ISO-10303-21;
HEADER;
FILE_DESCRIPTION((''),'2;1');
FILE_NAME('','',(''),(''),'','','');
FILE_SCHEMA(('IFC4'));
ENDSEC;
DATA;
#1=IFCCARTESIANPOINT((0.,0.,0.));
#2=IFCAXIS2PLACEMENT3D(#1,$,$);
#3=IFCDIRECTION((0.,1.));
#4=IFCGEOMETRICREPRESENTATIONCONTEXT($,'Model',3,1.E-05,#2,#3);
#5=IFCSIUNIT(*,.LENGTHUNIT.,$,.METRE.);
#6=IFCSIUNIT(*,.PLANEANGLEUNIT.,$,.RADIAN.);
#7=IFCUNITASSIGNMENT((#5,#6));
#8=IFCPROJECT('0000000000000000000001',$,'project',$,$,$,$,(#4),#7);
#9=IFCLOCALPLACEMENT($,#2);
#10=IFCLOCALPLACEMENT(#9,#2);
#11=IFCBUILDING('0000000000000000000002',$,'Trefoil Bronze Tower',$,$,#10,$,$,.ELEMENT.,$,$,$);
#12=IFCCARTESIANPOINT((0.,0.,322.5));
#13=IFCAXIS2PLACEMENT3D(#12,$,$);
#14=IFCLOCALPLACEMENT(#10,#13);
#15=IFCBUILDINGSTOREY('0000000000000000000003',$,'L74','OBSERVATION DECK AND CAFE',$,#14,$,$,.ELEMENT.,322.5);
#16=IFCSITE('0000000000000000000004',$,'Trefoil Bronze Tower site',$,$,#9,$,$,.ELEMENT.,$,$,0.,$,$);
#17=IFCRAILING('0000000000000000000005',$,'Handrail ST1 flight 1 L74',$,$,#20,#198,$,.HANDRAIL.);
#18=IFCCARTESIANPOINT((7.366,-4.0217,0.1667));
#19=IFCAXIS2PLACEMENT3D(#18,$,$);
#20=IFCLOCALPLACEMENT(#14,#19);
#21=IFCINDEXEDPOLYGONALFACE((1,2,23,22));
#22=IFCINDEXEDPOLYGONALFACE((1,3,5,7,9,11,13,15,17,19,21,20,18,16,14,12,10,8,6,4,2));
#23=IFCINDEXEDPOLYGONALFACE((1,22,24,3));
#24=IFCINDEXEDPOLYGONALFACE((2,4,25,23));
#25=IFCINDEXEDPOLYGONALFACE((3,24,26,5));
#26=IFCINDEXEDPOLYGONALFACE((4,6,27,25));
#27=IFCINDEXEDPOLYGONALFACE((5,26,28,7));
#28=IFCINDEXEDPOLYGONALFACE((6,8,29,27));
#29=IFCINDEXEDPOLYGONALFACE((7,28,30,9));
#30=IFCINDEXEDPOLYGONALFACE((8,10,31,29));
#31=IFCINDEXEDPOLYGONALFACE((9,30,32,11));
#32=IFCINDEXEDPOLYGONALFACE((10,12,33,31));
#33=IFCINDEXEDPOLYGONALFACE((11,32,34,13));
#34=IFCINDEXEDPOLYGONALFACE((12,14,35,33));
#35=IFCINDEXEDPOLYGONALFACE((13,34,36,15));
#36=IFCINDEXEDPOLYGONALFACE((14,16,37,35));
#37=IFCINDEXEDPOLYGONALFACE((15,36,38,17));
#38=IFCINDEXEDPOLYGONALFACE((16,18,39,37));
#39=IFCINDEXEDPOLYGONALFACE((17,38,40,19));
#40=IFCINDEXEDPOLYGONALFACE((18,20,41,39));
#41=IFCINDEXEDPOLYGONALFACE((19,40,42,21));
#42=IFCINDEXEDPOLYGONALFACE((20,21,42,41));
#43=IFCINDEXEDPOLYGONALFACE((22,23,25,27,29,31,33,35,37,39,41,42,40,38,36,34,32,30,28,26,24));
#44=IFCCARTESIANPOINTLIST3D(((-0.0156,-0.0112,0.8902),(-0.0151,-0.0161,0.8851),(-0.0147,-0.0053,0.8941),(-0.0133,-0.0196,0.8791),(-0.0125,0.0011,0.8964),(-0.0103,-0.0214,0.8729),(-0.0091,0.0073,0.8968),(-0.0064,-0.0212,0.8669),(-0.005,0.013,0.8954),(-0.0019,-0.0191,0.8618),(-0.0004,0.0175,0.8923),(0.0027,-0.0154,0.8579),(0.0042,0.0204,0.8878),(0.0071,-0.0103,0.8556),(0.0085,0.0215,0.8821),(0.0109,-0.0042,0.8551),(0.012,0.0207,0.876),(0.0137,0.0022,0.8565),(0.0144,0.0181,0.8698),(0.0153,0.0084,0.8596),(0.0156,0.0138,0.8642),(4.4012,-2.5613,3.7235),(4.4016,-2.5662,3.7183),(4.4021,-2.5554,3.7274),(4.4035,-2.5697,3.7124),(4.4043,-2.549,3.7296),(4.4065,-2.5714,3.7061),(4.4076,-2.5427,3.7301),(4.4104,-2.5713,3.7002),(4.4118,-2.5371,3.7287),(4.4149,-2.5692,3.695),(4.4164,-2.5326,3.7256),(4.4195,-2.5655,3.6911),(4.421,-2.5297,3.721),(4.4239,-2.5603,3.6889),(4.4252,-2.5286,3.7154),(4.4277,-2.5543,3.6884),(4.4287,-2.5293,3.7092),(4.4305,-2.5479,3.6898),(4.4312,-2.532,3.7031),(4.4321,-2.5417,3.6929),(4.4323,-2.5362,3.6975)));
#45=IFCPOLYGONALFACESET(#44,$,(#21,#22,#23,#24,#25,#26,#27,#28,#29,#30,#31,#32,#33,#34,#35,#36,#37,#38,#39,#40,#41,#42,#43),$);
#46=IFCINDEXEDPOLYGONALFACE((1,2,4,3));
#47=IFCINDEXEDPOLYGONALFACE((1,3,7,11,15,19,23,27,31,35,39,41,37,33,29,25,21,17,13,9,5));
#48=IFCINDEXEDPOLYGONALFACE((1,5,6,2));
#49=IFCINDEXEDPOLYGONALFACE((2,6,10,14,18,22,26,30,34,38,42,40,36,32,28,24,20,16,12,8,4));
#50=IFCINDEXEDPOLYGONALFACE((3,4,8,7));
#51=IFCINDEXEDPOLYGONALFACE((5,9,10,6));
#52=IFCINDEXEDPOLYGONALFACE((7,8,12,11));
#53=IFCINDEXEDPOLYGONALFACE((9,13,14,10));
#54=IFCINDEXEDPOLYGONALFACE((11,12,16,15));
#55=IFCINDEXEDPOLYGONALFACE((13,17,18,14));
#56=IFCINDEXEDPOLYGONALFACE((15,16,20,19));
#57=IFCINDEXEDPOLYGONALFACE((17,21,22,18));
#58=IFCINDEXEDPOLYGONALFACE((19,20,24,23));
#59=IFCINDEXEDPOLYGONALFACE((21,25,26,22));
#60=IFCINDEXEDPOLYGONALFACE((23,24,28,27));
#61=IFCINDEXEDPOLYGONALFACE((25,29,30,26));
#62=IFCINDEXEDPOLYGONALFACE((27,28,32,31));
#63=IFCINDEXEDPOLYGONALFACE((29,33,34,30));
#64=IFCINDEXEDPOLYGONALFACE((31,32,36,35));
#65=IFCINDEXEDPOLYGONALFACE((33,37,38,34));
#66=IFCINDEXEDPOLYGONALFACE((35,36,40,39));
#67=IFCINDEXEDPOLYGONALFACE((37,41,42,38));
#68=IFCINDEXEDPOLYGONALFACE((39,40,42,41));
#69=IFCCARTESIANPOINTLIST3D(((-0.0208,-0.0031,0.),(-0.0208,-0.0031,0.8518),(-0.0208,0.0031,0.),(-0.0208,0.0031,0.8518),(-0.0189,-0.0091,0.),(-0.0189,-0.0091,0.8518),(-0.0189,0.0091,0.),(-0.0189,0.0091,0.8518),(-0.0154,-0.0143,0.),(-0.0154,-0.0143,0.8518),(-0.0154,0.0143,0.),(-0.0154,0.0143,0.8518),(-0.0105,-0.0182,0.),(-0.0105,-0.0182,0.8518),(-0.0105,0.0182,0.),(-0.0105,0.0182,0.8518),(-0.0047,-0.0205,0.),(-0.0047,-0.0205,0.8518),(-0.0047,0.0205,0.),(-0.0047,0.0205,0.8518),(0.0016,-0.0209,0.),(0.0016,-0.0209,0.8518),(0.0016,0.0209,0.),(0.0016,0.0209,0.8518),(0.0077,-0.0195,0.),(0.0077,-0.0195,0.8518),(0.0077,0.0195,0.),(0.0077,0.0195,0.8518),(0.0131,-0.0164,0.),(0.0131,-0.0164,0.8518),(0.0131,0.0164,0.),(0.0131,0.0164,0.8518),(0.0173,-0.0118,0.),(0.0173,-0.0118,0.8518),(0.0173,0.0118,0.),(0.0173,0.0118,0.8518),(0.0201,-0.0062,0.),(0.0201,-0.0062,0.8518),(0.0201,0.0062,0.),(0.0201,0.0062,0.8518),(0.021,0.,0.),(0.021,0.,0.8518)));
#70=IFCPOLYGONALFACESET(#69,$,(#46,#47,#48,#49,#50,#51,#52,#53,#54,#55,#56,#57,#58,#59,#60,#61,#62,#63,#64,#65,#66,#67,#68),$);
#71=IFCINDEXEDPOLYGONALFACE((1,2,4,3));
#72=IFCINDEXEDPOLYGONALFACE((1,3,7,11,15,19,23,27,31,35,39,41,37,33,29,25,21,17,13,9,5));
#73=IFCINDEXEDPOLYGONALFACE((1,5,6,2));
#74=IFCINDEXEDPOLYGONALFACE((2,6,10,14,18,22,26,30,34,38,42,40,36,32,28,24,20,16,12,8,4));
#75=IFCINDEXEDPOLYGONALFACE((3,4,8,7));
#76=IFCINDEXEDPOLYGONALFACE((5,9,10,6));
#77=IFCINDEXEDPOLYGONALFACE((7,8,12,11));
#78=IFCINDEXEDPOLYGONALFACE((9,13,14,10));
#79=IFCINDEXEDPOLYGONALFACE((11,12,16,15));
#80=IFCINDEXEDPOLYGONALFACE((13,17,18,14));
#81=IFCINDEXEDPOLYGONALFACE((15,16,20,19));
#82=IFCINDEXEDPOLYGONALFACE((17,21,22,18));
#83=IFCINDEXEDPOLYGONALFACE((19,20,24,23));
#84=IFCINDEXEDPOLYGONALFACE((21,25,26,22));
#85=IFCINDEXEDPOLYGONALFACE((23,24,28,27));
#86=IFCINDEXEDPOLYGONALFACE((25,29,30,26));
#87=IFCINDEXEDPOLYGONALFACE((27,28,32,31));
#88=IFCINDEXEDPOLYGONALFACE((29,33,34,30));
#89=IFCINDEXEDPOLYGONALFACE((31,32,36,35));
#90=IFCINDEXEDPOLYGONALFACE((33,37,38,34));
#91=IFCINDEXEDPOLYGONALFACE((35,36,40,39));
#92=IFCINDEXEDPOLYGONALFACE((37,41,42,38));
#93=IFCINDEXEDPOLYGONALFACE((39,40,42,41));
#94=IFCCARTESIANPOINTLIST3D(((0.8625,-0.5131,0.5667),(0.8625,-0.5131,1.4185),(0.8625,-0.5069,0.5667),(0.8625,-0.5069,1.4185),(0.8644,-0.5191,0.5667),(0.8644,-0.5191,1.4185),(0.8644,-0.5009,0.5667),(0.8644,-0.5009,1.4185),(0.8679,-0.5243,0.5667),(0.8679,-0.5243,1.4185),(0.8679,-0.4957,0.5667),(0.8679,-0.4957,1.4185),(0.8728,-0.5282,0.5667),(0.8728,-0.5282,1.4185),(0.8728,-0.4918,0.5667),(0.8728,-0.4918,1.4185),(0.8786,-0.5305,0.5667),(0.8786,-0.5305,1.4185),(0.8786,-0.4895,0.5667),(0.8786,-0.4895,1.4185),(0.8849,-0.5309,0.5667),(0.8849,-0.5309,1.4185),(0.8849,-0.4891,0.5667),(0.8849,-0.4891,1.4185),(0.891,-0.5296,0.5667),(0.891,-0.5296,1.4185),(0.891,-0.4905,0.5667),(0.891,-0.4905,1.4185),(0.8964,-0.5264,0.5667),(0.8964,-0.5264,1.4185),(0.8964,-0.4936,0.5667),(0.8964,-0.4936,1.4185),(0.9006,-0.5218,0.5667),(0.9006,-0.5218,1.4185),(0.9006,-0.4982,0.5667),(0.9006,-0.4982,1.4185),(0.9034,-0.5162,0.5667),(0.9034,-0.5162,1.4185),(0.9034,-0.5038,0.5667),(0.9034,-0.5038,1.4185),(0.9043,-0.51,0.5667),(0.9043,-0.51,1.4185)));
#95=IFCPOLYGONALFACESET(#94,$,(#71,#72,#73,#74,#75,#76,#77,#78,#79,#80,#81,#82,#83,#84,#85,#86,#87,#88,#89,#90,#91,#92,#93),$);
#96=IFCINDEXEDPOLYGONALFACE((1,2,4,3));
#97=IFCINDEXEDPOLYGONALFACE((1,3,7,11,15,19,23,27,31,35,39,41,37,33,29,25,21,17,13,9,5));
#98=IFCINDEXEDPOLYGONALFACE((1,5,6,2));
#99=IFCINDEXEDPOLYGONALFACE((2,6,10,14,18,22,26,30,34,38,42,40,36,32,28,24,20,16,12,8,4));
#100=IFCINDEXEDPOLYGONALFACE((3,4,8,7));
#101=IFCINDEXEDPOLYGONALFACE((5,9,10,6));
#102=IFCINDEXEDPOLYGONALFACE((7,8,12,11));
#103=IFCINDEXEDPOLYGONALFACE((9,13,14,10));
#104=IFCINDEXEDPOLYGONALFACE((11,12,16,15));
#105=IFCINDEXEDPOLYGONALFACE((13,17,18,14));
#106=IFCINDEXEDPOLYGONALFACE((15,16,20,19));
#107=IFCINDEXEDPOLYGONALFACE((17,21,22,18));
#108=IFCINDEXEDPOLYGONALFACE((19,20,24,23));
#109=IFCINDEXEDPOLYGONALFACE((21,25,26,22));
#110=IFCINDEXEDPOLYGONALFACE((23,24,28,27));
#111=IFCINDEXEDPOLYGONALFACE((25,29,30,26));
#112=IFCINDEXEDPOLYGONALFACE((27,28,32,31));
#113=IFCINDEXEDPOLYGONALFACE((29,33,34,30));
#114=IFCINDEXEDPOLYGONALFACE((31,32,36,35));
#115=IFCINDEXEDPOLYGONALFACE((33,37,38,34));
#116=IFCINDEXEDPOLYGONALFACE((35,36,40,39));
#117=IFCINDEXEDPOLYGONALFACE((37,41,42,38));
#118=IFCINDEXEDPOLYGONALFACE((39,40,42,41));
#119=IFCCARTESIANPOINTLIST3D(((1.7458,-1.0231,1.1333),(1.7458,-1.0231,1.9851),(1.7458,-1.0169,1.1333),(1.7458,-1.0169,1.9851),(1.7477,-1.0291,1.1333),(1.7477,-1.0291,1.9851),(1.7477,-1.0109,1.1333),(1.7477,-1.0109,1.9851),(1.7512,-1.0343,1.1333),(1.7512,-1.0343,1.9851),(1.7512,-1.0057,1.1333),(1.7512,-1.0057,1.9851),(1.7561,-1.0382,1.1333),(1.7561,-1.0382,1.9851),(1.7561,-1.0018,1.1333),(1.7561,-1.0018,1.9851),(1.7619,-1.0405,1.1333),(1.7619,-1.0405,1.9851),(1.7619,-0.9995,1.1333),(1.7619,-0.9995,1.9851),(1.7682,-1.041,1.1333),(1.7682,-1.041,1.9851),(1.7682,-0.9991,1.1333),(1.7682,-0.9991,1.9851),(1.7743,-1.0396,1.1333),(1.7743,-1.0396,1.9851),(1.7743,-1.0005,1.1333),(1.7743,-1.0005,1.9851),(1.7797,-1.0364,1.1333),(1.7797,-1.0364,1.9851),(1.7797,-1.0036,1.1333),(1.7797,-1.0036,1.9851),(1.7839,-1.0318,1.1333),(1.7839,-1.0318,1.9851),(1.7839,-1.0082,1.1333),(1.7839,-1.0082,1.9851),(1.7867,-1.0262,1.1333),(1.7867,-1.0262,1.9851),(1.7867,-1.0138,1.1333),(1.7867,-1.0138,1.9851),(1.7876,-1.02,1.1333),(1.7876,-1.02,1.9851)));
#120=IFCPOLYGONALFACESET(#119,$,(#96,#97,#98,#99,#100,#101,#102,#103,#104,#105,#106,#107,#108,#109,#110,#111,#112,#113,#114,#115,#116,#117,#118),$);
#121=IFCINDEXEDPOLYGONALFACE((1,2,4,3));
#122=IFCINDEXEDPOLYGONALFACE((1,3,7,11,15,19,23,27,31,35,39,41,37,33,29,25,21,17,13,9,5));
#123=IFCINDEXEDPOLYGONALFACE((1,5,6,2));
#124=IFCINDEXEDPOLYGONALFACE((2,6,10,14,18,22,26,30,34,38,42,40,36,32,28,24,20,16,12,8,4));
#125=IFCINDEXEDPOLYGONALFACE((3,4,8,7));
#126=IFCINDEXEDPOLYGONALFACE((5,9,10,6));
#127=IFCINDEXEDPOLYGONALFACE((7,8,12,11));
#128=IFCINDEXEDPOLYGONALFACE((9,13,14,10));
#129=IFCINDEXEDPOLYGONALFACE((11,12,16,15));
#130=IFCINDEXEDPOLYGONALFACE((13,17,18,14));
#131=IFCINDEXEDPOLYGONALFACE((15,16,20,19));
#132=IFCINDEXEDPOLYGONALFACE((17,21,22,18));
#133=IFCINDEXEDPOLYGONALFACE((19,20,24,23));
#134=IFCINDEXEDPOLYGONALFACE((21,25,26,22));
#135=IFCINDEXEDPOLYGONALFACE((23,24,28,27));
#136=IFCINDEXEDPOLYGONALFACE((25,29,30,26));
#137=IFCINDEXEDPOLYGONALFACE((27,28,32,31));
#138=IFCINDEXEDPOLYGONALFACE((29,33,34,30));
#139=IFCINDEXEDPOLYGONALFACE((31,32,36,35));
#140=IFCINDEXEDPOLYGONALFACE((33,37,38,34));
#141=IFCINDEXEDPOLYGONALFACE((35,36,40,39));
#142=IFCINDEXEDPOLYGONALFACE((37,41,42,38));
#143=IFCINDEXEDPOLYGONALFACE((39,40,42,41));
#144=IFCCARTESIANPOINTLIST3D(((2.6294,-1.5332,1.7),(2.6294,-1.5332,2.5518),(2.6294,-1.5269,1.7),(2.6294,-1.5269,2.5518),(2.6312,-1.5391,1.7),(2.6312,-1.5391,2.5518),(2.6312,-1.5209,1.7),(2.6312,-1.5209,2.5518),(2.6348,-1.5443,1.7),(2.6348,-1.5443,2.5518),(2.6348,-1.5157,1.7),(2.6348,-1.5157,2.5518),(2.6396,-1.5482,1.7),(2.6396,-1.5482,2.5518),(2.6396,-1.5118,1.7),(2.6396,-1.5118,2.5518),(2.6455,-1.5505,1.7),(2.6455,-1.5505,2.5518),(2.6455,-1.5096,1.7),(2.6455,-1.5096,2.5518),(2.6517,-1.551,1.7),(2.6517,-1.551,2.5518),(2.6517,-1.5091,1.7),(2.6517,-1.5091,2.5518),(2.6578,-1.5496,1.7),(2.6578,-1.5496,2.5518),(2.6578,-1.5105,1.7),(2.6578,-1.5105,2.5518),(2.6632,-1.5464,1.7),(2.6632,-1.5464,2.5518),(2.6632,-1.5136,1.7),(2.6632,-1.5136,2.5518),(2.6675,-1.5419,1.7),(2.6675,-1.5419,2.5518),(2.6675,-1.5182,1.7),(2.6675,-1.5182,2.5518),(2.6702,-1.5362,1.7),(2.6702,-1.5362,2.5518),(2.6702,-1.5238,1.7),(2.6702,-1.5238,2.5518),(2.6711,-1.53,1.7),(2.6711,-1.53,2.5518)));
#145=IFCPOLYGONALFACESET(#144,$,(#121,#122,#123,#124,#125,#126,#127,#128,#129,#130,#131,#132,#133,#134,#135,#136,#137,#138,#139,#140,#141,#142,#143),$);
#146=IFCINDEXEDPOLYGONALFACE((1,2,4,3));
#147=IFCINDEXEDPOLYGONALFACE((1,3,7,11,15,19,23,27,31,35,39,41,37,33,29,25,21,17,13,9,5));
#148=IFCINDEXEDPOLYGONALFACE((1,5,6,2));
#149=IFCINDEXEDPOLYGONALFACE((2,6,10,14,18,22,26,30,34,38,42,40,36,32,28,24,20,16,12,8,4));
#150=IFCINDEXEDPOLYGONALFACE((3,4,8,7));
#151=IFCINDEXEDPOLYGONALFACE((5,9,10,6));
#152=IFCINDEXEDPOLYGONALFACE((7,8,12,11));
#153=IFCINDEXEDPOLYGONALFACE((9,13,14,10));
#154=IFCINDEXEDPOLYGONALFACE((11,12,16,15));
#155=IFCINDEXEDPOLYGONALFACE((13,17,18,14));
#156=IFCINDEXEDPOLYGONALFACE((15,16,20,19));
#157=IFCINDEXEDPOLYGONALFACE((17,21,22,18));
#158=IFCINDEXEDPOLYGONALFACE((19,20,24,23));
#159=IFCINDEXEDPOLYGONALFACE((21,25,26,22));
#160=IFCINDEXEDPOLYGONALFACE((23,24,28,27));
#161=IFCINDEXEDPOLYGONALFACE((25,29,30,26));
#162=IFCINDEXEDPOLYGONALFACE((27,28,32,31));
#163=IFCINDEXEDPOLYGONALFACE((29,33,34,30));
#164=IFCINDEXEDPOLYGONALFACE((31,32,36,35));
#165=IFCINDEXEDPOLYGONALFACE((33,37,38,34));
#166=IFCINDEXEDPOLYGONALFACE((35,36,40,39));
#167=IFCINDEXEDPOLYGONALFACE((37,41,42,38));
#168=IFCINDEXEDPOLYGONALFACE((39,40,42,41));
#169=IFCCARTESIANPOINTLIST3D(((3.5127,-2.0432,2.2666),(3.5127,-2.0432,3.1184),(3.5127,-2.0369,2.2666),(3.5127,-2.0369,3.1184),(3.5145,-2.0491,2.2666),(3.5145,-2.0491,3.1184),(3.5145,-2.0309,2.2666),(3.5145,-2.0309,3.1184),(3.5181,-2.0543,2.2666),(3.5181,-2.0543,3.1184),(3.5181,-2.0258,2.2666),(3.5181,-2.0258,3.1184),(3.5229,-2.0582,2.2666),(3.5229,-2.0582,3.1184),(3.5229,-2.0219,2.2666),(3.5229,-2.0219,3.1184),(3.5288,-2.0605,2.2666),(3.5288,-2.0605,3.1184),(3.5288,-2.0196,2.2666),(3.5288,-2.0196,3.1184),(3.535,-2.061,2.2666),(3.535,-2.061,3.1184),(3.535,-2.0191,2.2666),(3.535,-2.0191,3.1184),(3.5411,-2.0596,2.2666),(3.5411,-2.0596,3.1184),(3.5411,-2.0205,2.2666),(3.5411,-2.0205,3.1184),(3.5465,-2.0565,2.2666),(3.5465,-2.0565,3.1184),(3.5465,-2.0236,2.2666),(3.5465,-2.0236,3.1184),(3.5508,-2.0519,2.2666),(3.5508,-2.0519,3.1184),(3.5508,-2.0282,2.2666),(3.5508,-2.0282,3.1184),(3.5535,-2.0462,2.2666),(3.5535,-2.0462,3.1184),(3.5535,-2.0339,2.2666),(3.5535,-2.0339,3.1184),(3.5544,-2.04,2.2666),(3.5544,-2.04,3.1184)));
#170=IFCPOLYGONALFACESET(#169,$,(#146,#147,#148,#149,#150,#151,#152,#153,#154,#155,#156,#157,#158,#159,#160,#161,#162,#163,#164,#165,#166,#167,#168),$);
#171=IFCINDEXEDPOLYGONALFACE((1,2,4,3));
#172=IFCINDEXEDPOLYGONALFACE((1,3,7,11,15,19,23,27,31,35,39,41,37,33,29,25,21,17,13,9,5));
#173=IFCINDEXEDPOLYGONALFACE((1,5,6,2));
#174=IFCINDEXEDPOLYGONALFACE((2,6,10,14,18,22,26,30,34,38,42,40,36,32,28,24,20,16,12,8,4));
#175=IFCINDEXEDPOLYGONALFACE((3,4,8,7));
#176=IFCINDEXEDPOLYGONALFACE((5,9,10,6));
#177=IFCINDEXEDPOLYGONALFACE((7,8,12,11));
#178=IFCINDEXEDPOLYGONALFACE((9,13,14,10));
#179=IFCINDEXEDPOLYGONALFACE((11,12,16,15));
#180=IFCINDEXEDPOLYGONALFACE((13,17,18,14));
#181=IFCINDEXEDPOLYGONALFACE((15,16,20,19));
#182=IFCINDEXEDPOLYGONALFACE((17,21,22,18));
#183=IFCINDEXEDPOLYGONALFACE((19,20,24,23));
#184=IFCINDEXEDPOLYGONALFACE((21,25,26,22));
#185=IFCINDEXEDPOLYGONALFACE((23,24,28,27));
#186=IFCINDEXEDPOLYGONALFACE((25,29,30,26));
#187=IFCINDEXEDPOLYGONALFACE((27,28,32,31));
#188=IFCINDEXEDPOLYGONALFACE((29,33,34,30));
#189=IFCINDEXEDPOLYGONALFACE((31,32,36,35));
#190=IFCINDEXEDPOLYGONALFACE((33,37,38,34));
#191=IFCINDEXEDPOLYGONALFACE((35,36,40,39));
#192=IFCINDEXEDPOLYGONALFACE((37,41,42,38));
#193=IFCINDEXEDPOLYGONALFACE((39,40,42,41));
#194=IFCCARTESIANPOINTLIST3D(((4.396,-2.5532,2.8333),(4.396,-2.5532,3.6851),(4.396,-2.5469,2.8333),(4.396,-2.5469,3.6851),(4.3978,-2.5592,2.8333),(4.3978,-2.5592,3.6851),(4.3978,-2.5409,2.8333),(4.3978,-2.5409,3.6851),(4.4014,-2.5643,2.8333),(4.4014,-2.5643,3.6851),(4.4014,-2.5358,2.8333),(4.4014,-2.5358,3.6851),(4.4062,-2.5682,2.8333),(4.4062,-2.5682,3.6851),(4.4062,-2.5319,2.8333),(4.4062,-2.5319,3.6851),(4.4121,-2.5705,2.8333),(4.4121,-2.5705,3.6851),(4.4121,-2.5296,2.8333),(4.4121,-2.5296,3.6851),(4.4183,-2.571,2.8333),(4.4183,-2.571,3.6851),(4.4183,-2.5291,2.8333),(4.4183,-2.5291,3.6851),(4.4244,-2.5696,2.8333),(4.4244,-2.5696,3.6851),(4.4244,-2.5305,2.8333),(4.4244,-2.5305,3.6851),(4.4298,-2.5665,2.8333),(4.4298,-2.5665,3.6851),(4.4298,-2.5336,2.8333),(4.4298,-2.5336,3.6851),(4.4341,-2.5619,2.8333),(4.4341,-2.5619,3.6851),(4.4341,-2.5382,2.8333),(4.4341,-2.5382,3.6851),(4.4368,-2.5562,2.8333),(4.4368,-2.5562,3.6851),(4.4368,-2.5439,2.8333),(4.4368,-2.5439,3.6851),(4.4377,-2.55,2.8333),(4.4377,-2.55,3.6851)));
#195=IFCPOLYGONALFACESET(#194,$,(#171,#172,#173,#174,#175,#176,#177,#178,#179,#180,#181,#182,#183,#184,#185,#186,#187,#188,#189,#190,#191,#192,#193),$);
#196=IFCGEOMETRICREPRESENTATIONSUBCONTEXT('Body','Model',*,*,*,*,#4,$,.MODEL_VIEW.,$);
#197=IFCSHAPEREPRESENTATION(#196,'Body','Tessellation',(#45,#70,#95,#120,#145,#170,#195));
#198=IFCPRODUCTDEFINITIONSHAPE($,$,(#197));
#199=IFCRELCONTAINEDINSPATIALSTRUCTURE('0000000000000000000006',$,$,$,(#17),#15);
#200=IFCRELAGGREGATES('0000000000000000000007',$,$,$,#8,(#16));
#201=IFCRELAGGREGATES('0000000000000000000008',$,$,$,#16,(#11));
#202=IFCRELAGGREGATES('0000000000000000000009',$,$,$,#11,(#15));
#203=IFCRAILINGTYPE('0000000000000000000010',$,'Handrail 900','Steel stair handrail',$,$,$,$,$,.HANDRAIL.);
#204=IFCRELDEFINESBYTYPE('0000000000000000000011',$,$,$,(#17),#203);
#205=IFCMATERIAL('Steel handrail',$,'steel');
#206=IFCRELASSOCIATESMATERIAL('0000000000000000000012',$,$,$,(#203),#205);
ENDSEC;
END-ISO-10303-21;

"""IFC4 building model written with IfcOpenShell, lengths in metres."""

from ifc_helpers import new_model, si_unit, direction, frame, origin, origin_2d, place, context, subcontext, project, spatial, circle, extrude, material, type_object, element, save


model = new_model("IFC4")

# Units and contexts
model_context = context("Model", 3, precision=1e-05, world=origin(), true_north=direction((0.0, 1.0)))
body_context = subcontext(model_context, "Body", "Model", "MODEL_VIEW")
ifc_project = project(units=[si_unit("LENGTHUNIT", "METRE"), si_unit("PLANEANGLEUNIT", "RADIAN")], contexts=[model_context])

# Site, building, storey
site_placement = place(None, origin())
site = spatial("IfcSite", under=ifc_project, at=site_placement, Name="Trefoil Bronze Tower site", CompositionType="ELEMENT", RefElevation=0.0)
building_placement = place(site_placement, origin())
building = spatial("IfcBuilding", under=site, at=building_placement, Name="Trefoil Bronze Tower", CompositionType="ELEMENT")
storey_placement = place(building_placement, frame((0.0, 0.0, 322.5)))
storey = spatial("IfcBuildingStorey", under=building, at=storey_placement, Name="L74", Description="OBSERVATION DECK AND CAFE", CompositionType="ELEMENT", Elevation=322.5)

# Railing
ifc_material_1 = material(Name="Steel handrail", Category="steel")
railing_type = type_object("IfcRailingType", Name="Handrail 900", Description="Steel stair handrail", PredefinedType="HANDRAIL", material=ifc_material_1)
railing_1_placement = place(storey_placement, frame((7.366, -4.0217, 0.1667)))
element("IfcRailing", 1, at=railing_1_placement, inside=storey, type_object=railing_type, Name="Handrail ST1 flight 1 L74", PredefinedType="HANDRAIL", context=body_context, shape_type="SweptSolid", body=[
    extrude(circle(Radius=0.0239, at=origin_2d()), frame((0.0, 0.0, 0.876), z_axis=(0.757046, -0.437087, 0.485629), x_axis=(0.500006, 0.866022, 0.0)), (0.0, 0.0, 1.0), 5.8342),
    extrude(circle(Radius=0.021, at=origin_2d()), origin(), (0.0, 0.0, 1.0), 0.8518),
    extrude(circle(Radius=0.021, at=origin_2d()), frame((0.8833, -0.51, 0.5667)), (0.0, 0.0, 1.0), 0.8518),
    extrude(circle(Radius=0.021, at=origin_2d()), frame((1.7666, -1.02, 1.1333)), (0.0, 0.0, 1.0), 0.8518),
    extrude(circle(Radius=0.021, at=origin_2d()), frame((2.6501, -1.53, 1.7)), (0.0, 0.0, 1.0), 0.8518),
    extrude(circle(Radius=0.021, at=origin_2d()), frame((3.5334, -2.04, 2.2666)), (0.0, 0.0, 1.0), 0.8518),
    extrude(circle(Radius=0.021, at=origin_2d()), frame((4.4167, -2.55, 2.8333)), (0.0, 0.0, 1.0), 0.8518),
])

save(model, "model.ifc")
